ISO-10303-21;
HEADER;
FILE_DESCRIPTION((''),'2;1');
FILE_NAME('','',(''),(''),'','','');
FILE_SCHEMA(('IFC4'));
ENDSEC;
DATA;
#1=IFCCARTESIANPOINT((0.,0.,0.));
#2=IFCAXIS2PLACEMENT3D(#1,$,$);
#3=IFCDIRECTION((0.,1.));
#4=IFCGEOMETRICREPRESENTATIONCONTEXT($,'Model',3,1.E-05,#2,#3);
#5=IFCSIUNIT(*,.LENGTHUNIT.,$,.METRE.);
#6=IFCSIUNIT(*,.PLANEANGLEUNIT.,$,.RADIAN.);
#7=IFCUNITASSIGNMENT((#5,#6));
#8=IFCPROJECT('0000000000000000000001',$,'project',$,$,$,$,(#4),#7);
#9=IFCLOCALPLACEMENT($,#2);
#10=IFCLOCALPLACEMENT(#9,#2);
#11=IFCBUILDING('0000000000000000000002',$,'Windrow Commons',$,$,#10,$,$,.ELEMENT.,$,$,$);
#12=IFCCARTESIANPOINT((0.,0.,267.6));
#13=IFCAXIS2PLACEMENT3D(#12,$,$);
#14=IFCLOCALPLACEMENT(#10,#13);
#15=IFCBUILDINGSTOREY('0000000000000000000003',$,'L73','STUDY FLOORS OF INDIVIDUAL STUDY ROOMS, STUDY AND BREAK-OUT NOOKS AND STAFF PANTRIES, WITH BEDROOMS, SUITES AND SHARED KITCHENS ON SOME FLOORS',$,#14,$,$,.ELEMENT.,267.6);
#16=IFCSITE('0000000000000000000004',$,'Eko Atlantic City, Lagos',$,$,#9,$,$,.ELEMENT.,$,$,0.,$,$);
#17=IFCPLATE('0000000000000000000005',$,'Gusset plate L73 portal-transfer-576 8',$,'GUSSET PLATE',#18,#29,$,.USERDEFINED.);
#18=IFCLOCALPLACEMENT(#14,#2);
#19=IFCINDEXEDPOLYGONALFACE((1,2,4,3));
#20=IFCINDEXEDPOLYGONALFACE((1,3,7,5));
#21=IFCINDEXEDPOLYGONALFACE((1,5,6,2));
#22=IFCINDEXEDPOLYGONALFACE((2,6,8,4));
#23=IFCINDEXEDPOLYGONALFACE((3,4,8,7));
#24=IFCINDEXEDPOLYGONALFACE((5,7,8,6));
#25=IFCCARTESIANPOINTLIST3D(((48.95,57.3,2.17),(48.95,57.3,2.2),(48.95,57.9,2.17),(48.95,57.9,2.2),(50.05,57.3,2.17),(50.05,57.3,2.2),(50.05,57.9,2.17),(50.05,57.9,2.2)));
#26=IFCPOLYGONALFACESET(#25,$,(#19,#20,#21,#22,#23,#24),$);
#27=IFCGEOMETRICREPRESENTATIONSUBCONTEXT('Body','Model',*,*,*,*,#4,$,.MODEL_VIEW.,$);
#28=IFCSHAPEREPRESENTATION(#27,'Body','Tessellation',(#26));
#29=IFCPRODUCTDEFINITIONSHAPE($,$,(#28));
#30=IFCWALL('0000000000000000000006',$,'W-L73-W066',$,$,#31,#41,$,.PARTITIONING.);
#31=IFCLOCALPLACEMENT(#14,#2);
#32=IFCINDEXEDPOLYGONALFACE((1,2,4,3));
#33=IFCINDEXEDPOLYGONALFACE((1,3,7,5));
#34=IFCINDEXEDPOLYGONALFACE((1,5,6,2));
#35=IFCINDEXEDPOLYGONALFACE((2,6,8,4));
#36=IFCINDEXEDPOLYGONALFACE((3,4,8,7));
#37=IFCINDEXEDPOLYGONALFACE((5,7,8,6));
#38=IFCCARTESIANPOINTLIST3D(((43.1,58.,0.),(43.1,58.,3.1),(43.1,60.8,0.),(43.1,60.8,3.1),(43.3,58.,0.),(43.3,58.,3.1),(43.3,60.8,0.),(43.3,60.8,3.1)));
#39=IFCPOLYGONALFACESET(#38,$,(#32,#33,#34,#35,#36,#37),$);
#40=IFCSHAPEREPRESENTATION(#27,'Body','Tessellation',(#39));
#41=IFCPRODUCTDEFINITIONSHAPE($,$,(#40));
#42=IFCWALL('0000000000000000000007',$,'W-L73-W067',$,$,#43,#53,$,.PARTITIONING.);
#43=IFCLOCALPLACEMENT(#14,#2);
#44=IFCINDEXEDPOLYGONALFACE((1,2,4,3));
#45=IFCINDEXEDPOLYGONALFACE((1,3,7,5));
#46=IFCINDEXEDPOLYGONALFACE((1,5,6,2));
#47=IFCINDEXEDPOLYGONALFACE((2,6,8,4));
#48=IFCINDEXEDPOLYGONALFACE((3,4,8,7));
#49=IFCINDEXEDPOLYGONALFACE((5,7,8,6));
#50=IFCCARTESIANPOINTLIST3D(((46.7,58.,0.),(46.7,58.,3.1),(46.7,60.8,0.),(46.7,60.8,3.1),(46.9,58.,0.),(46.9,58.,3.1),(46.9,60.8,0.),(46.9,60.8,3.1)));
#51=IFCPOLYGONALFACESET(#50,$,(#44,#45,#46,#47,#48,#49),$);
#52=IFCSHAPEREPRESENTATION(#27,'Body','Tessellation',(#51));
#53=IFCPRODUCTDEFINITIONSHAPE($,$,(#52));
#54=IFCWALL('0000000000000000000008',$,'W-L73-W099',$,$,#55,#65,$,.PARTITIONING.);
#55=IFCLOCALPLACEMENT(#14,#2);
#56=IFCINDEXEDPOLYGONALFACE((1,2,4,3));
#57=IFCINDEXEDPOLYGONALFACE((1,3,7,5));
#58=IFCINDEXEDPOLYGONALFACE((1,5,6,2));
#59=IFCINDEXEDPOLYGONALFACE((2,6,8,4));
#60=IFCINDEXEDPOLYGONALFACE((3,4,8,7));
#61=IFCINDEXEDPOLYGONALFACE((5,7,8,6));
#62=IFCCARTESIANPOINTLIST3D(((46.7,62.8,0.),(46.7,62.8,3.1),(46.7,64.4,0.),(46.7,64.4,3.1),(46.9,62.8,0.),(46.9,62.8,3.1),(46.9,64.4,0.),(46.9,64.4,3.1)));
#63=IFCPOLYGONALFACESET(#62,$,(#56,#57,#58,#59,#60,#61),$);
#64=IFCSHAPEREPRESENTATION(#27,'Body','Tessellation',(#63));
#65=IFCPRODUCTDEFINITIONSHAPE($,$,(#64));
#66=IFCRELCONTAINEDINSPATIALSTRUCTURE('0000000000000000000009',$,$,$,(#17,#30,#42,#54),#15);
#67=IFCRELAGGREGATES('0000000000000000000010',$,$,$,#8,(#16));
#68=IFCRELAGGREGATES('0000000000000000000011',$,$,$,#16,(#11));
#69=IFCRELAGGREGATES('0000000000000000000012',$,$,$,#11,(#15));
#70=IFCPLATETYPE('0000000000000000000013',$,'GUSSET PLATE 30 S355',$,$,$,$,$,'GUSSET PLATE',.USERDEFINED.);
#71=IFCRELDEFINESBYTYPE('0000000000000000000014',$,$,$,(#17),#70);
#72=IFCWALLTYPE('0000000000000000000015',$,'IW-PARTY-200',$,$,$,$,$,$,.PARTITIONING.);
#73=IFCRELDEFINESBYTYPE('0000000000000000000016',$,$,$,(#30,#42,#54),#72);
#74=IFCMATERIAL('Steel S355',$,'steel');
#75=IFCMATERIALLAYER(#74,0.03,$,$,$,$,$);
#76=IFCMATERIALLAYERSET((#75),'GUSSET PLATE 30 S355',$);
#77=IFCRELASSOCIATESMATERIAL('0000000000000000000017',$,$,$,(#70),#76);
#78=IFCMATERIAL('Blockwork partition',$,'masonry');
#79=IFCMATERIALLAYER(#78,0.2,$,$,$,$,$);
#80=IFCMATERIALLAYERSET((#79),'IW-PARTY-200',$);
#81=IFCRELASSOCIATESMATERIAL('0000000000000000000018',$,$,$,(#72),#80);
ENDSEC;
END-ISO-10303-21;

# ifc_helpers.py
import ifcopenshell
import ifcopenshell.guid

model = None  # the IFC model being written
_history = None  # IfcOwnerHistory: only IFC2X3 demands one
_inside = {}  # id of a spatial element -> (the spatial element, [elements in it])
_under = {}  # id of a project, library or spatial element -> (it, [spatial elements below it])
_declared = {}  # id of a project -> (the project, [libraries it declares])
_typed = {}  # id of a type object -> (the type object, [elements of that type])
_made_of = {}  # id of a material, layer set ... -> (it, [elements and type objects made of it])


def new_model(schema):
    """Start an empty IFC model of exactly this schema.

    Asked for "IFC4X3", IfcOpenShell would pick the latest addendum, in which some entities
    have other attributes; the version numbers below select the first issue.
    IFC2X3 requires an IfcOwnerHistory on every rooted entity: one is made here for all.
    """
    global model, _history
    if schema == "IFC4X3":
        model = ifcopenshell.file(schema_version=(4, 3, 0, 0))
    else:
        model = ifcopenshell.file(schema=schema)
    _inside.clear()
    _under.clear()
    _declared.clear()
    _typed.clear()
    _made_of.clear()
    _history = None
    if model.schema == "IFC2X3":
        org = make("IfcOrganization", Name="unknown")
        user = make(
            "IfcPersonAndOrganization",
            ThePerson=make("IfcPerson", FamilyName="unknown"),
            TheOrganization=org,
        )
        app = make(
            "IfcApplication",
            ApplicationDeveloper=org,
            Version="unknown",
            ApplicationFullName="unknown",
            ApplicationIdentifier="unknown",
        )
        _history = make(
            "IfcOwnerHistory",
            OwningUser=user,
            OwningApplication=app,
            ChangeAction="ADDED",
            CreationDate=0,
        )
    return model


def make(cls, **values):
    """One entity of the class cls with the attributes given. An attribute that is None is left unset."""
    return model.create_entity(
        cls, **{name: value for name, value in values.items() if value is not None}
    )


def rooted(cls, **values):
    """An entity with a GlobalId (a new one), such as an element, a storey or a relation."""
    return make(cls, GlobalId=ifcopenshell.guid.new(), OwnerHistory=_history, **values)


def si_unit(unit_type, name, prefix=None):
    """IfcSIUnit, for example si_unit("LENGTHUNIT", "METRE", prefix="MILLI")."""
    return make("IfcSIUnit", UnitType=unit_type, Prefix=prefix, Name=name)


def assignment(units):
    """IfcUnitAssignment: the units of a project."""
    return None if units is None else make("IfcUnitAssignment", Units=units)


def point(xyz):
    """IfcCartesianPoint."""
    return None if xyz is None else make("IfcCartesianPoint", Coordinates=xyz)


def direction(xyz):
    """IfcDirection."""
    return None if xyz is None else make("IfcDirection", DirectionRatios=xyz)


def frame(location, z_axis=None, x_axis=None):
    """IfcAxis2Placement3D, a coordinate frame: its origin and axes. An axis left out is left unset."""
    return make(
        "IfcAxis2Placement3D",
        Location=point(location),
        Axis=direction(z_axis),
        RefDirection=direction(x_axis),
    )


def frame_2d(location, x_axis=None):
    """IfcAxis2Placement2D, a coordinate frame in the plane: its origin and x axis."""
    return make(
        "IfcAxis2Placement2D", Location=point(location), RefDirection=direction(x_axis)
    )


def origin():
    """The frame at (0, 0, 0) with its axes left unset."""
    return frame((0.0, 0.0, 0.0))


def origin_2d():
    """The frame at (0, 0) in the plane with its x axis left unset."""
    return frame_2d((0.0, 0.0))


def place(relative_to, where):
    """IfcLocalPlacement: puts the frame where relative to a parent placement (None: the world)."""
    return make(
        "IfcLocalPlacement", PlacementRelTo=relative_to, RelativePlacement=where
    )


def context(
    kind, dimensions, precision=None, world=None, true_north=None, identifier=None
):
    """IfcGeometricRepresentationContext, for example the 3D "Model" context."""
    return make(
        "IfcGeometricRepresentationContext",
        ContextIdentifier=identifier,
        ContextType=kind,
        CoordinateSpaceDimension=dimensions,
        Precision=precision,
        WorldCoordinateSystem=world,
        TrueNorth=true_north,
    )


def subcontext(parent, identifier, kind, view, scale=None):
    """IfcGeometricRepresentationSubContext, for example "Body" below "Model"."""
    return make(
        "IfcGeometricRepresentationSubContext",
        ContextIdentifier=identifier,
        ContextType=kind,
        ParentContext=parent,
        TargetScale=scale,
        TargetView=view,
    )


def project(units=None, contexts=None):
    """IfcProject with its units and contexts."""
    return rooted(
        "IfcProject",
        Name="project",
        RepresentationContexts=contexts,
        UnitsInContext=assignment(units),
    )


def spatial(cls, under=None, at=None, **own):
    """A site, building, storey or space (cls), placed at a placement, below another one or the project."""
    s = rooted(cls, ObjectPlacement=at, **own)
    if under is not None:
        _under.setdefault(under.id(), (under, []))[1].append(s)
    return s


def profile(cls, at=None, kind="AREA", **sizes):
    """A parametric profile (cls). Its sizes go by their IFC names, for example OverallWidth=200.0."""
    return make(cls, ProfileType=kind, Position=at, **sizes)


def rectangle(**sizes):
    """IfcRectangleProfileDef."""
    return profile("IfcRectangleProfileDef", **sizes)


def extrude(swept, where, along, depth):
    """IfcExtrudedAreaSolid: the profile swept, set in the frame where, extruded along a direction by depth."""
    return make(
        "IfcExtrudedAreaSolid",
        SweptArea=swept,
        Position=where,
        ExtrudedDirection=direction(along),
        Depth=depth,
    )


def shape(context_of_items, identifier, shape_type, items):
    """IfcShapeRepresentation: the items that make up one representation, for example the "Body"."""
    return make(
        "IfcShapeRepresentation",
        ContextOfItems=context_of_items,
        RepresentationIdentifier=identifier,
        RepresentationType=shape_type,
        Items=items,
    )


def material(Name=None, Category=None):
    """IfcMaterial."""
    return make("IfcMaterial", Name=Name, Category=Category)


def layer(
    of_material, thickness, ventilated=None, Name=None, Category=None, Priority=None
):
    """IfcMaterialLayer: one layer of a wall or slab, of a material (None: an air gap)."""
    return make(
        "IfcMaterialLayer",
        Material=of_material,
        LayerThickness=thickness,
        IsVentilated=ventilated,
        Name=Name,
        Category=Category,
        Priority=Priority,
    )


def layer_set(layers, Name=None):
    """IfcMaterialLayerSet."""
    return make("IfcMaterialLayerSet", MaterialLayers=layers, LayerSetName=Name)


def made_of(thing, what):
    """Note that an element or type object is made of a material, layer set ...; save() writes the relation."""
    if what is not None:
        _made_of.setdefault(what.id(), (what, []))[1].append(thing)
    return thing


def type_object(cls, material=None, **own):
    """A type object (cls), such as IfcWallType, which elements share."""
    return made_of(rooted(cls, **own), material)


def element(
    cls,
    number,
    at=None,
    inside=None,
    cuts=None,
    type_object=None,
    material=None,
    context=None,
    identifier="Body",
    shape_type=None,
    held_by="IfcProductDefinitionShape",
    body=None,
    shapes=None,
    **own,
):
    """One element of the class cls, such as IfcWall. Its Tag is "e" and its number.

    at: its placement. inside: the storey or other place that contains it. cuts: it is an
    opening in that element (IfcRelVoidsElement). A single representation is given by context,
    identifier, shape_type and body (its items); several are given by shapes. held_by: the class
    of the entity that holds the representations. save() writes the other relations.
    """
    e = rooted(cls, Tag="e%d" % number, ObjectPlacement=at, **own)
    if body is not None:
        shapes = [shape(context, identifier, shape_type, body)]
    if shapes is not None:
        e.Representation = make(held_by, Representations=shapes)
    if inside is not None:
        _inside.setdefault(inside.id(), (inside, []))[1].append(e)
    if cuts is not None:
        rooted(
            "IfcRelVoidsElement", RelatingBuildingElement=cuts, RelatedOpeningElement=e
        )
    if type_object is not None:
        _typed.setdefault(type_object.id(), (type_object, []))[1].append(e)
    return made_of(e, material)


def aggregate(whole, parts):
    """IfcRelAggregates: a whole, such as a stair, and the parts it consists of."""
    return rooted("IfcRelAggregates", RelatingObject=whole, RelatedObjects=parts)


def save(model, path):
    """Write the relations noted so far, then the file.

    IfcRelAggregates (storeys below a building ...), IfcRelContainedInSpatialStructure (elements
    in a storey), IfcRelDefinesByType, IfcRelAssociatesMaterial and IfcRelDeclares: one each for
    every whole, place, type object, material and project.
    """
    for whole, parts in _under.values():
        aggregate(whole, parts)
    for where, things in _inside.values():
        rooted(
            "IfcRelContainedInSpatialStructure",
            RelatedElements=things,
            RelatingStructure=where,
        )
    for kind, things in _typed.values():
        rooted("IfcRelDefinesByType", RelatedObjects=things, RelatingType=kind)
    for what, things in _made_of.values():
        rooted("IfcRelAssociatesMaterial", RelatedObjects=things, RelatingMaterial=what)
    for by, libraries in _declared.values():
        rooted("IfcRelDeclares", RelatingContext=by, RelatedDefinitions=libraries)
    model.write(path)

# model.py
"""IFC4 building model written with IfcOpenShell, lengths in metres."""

from ifc_helpers import new_model, si_unit, direction, frame, frame_2d, origin, origin_2d, place, context, subcontext, project, spatial, rectangle, extrude, material, layer, layer_set, type_object, element, save


model = new_model("IFC4")

# Units and contexts
model_context = context("Model", 3, precision=1e-05, world=origin(), true_north=direction((0.0, 1.0)))
body_context = subcontext(model_context, "Body", "Model", "MODEL_VIEW")
ifc_project = project(units=[si_unit("LENGTHUNIT", "METRE"), si_unit("PLANEANGLEUNIT", "RADIAN")], contexts=[model_context])

# Site, building, storey
site_placement = place(None, origin())
site = spatial("IfcSite", under=ifc_project, at=site_placement, Name="Eko Atlantic City, Lagos", CompositionType="ELEMENT", RefElevation=0.0)
building_placement = place(site_placement, origin())
building = spatial("IfcBuilding", under=site, at=building_placement, Name="Windrow Commons", CompositionType="ELEMENT")
storey_placement = place(building_placement, frame((0.0, 0.0, 267.6)))
storey = spatial("IfcBuildingStorey", under=building, at=storey_placement, Name="L73", Description="STUDY FLOORS OF INDIVIDUAL STUDY ROOMS, STUDY AND BREAK-OUT NOOKS AND STAFF PANTRIES, WITH BEDROOMS, SUITES AND SHARED KITCHENS ON SOME FLOORS", CompositionType="ELEMENT", Elevation=267.6)

# Plate
ifc_material_1 = material(Name="Steel S355", Category="steel")
ifc_layer_1 = layer(ifc_material_1, 0.03)
ifc_layer_set_1 = layer_set([ifc_layer_1], Name="GUSSET PLATE 30 S355")
plate_type = type_object("IfcPlateType", Name="GUSSET PLATE 30 S355", ElementType="GUSSET PLATE", PredefinedType="USERDEFINED", material=ifc_layer_set_1)
for number, where, z_axis, x_axis, name in (
    (1, (49.5, 57.6, 2.17), (0.0, 0.0, 1.0), (1.0, 0.0, 0.0), "Gusset plate L73 portal-transfer-576 8"),
):
    element("IfcPlate", number, at=place(storey_placement, frame(where, z_axis=z_axis, x_axis=x_axis)), inside=storey, type_object=plate_type, Name=name, ObjectType="GUSSET PLATE", PredefinedType="USERDEFINED", context=body_context, shape_type="SweptSolid", body=[
        extrude(rectangle(XDim=1.1, YDim=0.6, at=origin_2d()), origin(), (0.0, 0.0, 1.0), 0.03),
    ])

# Walls
ifc_material_2 = material(Name="Blockwork partition", Category="masonry")
ifc_layer_2 = layer(ifc_material_2, 0.2)
ifc_layer_set_2 = layer_set([ifc_layer_2], Name="IW-PARTY-200")
wall_type = type_object("IfcWallType", Name="IW-PARTY-200", PredefinedType="PARTITIONING", material=ifc_layer_set_2)
for number, where, z_axis, x_axis, name in (
    (2, (43.2, 58.0, 0.0), (0.0, 0.0, 1.0), (0.0, 1.0, 0.0), "W-L73-W066"),
    (3, (46.8, 58.0, 0.0), (0.0, 0.0, 1.0), (0.0, 1.0, 0.0), "W-L73-W067"),
):
    element("IfcWall", number, at=place(storey_placement, frame(where, z_axis=z_axis, x_axis=x_axis)), inside=storey, type_object=wall_type, Name=name, PredefinedType="PARTITIONING", context=body_context, shape_type="SweptSolid", body=[
        extrude(rectangle(XDim=2.8, YDim=0.2, at=frame_2d((1.4, 0.0))), origin(), (0.0, 0.0, 1.0), 3.1),
    ])
wall_placement = place(storey_placement, frame((46.8, 62.8, 0.0), z_axis=(0.0, 0.0, 1.0), x_axis=(0.0, 1.0, 0.0)))
element("IfcWall", 4, at=wall_placement, inside=storey, type_object=wall_type, Name="W-L73-W099", PredefinedType="PARTITIONING", context=body_context, shape_type="SweptSolid", body=[
    extrude(rectangle(XDim=1.6, YDim=0.2, at=frame_2d((0.8, 0.0))), origin(), (0.0, 0.0, 1.0), 3.1),
])

save(model, "model.ifc")
